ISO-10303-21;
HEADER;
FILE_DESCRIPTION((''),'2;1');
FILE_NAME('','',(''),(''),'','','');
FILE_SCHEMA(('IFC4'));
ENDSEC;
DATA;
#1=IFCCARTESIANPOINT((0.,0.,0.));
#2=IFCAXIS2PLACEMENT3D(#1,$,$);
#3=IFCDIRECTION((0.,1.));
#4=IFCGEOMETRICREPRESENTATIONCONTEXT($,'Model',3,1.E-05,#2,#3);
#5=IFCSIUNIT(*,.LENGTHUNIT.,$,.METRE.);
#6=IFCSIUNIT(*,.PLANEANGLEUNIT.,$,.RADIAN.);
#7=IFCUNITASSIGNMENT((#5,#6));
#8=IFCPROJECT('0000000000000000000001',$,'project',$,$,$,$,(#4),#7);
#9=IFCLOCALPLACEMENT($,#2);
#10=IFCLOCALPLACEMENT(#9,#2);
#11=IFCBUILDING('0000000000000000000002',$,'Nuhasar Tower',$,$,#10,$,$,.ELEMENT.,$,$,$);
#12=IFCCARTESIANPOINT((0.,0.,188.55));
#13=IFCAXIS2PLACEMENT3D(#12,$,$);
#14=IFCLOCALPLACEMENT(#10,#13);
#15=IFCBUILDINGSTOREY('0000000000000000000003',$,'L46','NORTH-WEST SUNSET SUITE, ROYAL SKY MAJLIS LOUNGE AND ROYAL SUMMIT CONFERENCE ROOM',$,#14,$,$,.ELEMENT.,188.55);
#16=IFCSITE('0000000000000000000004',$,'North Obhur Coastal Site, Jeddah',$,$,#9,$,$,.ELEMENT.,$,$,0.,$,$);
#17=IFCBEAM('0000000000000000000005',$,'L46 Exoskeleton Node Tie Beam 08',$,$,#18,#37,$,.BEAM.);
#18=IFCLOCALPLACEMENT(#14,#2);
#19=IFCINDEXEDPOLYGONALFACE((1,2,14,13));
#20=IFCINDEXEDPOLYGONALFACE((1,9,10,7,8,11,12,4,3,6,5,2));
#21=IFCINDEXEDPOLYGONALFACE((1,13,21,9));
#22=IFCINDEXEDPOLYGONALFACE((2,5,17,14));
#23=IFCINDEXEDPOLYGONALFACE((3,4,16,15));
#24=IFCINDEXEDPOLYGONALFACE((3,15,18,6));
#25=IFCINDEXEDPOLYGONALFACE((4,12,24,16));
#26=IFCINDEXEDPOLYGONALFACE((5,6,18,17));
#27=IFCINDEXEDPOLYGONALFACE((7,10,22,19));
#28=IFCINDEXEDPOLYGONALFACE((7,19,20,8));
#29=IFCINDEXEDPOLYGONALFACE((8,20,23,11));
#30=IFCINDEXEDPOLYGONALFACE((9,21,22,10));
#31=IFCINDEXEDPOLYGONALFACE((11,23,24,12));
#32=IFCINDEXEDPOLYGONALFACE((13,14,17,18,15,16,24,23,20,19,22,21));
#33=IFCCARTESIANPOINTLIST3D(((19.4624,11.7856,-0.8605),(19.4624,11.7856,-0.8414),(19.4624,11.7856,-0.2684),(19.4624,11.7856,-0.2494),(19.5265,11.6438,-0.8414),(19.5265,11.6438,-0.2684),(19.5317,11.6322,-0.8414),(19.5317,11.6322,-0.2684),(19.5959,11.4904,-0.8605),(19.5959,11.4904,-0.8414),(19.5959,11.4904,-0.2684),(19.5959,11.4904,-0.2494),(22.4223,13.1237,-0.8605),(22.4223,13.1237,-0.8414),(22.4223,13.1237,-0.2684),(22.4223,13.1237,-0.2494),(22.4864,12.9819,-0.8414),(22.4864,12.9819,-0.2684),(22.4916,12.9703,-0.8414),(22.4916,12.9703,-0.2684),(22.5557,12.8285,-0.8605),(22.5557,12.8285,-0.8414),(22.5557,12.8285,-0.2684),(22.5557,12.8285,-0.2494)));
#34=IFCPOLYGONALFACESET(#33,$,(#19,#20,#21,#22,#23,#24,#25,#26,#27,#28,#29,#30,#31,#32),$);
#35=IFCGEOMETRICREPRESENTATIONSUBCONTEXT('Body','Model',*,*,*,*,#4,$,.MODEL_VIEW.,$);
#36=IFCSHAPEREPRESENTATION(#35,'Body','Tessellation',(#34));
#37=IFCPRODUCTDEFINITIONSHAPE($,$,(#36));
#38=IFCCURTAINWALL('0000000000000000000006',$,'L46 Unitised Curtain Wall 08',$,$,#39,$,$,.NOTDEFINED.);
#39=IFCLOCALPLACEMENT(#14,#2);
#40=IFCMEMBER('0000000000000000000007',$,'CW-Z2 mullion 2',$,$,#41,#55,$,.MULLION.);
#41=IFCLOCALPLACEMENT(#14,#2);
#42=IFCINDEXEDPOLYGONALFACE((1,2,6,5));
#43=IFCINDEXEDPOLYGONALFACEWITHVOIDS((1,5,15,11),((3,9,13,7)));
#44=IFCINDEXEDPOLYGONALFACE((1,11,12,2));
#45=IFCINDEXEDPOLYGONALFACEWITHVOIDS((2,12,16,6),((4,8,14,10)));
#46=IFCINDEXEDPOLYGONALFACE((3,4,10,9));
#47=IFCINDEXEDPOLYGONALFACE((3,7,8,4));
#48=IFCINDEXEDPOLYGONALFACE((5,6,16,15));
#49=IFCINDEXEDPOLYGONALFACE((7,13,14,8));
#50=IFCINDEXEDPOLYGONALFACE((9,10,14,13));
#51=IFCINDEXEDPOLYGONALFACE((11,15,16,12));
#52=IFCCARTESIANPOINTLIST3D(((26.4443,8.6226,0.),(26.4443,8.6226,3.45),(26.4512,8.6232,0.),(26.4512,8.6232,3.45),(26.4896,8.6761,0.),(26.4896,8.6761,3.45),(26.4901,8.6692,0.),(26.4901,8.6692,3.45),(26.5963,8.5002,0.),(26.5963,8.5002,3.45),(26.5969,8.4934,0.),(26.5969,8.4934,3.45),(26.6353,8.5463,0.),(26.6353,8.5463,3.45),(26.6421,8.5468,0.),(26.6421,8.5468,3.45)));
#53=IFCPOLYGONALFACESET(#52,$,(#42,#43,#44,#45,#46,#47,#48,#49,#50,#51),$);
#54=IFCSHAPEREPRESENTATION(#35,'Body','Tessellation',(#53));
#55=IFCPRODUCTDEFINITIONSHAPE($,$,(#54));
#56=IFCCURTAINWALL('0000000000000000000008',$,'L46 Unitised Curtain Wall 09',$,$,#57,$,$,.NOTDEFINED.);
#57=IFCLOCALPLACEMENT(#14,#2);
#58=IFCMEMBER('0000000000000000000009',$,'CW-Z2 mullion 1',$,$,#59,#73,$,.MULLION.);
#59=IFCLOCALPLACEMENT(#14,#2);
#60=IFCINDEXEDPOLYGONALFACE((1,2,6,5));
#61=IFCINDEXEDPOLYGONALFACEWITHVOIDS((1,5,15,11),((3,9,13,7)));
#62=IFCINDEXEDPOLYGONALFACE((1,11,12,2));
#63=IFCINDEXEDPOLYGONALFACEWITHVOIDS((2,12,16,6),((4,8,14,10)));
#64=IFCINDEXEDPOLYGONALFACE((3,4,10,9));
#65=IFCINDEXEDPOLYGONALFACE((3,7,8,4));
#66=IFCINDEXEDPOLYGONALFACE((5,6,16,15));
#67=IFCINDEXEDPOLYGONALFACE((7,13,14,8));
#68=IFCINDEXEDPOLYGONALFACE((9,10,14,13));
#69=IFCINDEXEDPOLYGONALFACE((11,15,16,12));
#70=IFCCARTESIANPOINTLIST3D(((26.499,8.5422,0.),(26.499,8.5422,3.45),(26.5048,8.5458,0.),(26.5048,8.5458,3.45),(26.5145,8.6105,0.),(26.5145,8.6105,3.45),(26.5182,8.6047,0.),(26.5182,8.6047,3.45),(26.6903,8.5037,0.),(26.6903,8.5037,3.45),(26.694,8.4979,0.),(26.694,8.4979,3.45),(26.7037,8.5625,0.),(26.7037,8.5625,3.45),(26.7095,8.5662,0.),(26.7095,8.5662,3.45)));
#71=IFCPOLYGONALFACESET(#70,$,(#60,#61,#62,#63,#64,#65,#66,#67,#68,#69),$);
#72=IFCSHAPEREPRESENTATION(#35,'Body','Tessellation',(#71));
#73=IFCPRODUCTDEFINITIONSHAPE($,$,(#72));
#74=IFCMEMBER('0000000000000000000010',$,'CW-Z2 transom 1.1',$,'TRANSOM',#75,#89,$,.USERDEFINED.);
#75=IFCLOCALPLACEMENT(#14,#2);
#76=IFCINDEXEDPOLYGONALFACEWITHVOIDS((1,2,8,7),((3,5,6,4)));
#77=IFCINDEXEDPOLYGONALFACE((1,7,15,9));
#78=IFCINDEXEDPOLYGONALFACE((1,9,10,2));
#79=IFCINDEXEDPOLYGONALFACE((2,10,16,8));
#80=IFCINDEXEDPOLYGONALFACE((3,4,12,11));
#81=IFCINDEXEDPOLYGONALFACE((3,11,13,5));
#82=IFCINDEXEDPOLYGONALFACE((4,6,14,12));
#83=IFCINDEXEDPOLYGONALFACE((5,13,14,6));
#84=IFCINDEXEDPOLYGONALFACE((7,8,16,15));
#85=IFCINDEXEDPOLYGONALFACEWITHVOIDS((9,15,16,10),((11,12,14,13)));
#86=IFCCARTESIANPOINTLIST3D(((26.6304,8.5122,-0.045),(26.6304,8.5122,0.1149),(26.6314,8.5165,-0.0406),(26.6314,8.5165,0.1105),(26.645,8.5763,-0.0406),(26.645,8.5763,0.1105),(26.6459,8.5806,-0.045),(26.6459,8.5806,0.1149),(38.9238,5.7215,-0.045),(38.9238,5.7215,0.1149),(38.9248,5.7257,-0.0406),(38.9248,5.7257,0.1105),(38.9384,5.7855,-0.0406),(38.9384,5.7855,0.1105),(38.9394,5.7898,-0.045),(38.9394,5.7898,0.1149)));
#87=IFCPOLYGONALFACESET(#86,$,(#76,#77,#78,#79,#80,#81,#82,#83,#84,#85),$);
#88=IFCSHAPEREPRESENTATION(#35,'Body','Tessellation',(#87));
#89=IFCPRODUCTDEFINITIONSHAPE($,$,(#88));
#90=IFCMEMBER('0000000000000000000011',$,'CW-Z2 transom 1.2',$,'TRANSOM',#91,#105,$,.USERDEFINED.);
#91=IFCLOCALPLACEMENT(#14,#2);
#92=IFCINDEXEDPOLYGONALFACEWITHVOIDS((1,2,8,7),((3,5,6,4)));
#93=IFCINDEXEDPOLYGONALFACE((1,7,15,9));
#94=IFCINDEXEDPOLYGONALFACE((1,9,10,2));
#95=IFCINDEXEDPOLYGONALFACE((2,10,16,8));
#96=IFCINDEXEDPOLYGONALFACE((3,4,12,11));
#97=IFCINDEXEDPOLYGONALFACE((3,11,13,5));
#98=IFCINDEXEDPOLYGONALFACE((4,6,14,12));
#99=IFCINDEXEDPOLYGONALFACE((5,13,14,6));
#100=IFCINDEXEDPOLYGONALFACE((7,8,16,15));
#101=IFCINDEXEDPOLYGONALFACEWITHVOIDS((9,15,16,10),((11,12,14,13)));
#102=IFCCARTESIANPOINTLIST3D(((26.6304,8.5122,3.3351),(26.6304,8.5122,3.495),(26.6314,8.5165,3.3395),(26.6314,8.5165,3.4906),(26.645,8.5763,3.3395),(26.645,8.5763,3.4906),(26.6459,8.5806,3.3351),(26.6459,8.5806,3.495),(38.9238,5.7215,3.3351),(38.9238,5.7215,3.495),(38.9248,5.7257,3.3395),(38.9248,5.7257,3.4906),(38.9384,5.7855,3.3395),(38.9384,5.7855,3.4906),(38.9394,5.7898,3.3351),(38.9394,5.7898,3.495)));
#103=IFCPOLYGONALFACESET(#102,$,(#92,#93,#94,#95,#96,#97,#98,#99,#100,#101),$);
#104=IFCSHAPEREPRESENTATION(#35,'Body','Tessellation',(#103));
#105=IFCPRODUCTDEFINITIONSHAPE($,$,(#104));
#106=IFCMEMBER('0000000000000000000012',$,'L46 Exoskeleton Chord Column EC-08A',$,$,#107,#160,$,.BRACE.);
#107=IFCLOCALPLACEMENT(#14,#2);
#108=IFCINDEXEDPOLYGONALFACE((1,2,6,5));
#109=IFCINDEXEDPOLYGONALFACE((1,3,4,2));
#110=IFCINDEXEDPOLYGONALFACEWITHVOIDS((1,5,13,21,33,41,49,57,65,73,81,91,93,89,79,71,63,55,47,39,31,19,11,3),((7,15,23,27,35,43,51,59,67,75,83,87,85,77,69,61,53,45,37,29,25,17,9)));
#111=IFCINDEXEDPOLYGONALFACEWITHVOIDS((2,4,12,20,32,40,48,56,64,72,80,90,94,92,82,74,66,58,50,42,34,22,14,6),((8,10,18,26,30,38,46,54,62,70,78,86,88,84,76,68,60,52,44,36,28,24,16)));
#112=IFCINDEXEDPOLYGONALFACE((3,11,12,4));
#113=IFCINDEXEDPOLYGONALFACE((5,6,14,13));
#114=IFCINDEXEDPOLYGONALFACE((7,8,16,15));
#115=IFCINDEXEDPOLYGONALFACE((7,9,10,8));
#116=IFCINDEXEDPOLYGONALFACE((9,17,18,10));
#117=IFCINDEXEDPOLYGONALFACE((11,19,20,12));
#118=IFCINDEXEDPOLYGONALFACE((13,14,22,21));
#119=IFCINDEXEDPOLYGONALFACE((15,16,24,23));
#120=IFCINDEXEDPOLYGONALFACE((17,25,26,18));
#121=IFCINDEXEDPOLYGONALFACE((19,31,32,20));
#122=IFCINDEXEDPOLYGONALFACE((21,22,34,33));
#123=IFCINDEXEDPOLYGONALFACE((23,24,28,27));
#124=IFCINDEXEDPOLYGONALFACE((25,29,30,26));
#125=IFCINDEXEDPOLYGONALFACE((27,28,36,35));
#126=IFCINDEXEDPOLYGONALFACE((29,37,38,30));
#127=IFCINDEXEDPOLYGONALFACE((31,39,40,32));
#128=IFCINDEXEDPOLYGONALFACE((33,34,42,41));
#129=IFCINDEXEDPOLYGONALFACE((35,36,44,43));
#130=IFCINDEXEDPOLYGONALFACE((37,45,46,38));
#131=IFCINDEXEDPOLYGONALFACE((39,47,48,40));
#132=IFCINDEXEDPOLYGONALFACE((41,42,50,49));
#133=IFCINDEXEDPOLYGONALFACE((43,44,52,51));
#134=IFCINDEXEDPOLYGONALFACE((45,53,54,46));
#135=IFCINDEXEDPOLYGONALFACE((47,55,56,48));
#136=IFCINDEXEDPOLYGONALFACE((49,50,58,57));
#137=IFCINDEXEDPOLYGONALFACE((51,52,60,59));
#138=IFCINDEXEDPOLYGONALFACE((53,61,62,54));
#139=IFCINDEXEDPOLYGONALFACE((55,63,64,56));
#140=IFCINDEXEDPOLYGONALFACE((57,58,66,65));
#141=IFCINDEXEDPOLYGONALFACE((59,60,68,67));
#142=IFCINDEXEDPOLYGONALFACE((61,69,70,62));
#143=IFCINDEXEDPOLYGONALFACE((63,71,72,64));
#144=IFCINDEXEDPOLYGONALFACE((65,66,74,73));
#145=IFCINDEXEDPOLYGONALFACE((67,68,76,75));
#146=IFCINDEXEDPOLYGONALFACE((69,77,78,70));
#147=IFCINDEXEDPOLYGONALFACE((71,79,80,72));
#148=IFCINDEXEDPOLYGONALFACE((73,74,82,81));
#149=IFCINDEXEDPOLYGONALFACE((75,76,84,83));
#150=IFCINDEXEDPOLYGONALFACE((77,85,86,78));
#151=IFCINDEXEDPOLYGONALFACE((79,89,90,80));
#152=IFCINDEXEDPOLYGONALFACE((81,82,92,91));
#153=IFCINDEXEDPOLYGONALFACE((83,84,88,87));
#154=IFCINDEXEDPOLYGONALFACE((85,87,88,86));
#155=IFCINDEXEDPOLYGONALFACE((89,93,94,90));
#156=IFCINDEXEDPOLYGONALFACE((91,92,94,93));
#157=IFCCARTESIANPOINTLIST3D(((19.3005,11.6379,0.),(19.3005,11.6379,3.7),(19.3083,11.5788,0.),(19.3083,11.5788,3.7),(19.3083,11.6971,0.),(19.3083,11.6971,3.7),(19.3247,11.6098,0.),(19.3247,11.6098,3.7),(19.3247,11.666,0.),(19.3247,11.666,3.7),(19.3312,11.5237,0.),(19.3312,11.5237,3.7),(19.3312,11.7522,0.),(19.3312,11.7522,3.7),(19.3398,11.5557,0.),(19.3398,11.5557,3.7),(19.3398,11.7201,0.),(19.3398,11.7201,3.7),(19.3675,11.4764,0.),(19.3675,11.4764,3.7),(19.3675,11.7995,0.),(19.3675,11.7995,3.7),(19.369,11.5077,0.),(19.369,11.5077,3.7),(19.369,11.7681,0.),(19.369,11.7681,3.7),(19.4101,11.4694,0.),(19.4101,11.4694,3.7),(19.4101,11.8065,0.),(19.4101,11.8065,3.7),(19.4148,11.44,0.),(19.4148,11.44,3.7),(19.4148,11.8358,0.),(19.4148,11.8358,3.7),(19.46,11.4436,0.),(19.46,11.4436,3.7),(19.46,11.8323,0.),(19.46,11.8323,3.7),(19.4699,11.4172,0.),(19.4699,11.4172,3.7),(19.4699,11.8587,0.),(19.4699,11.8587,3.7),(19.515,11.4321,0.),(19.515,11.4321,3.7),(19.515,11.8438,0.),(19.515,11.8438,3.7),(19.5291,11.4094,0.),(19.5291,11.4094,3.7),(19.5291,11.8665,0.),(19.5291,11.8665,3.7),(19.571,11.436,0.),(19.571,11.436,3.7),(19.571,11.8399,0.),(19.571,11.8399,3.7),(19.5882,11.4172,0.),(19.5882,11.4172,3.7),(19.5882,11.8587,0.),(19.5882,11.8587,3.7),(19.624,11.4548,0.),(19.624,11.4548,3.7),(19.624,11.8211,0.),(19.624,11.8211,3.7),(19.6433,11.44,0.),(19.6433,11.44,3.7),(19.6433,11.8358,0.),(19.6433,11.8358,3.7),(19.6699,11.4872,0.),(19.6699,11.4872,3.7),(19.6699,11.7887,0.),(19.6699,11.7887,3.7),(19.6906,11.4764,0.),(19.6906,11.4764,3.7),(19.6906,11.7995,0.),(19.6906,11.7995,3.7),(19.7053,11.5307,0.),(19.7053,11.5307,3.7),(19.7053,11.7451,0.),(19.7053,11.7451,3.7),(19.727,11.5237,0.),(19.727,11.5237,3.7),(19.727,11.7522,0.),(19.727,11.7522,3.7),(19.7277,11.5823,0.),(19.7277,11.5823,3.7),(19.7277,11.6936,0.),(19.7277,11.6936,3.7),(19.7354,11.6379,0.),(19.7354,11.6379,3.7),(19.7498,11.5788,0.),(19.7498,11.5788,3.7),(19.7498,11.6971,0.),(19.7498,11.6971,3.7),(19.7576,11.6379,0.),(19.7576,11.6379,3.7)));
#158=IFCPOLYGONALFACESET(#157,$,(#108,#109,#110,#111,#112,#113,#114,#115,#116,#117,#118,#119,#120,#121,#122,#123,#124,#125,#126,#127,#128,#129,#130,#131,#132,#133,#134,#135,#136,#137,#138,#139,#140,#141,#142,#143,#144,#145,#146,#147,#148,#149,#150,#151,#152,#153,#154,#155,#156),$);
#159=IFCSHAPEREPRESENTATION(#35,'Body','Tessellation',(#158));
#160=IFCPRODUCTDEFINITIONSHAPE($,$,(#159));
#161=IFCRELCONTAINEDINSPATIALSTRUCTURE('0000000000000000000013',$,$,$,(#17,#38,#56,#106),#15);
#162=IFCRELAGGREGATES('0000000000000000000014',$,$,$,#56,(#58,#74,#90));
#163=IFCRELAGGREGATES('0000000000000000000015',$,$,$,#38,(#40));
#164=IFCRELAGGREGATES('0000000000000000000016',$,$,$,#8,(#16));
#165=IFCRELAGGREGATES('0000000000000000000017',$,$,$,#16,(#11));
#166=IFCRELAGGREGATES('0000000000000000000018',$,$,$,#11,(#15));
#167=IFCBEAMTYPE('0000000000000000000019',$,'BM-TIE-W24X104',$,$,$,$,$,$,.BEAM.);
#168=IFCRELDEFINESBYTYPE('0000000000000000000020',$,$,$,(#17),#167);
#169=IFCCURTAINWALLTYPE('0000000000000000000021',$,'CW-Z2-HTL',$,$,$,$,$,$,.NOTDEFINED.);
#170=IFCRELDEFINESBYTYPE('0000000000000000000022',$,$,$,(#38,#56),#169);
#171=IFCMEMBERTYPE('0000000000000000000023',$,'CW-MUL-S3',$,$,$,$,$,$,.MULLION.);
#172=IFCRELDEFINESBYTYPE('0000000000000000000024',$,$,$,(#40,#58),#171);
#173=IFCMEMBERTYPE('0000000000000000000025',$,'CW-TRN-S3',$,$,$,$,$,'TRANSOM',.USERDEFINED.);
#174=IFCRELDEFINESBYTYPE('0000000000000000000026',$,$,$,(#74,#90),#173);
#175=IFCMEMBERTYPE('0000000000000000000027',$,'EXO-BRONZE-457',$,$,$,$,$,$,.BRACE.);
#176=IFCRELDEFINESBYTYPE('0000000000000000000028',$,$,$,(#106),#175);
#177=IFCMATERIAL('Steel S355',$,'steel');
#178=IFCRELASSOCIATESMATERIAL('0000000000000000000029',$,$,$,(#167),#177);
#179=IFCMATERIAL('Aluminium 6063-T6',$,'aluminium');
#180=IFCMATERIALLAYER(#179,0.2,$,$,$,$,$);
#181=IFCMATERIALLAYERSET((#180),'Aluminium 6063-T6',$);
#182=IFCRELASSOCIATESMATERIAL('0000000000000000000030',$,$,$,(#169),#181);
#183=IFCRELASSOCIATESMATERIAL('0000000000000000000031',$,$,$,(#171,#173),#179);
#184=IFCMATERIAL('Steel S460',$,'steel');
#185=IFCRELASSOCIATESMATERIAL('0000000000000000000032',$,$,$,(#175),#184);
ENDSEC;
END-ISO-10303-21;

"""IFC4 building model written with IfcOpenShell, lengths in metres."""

from ifc_helpers import new_model, si_unit, direction, frame, origin, origin_2d, place, context, subcontext, project, spatial, hollow_rectangle, hollow_circle, i_section, extrude, material, layer, layer_set, material_profile, profile_set, type_object, element, aggregate, save


model = new_model("IFC4")

# Units and contexts
model_context = context("Model", 3, precision=1e-05, world=origin(), true_north=direction((0.0, 1.0)))
body_context = subcontext(model_context, "Body", "Model", "MODEL_VIEW")
ifc_project = project(units=[si_unit("LENGTHUNIT", "METRE"), si_unit("PLANEANGLEUNIT", "RADIAN")], contexts=[model_context])

# Site, building, storey
site_placement = place(None, origin())
site = spatial("IfcSite", under=ifc_project, at=site_placement, Name="North Obhur Coastal Site, Jeddah", CompositionType="ELEMENT", RefElevation=0.0)
building_placement = place(site_placement, origin())
building = spatial("IfcBuilding", under=site, at=building_placement, Name="Nuhasar Tower", CompositionType="ELEMENT")
storey_placement = place(building_placement, frame((0.0, 0.0, 188.55)))
storey = spatial("IfcBuildingStorey", under=building, at=storey_placement, Name="L46", Description="NORTH-WEST SUNSET SUITE, ROYAL SKY MAJLIS LOUNGE AND ROYAL SUMMIT CONFERENCE ROOM", CompositionType="ELEMENT", Elevation=188.55)

# Beam
ifc_material_1 = material(Name="Steel S355", Category="steel")
ifc_material_profile_1 = material_profile(ifc_material_1, i_section(OverallWidth=0.324, OverallDepth=0.6111, WebThickness=0.0127, FlangeThickness=0.019, at=origin_2d()), Name="W24X104")
ifc_profile_set_1 = profile_set([ifc_material_profile_1], Name="Steel S355")
beam_type_1 = type_object("IfcBeamType", Name="BM-TIE-W24X104", PredefinedType="BEAM", material=ifc_profile_set_1)
beam_1_placement = place(storey_placement, frame((22.489, 12.9761, -0.5549), z_axis=(-0.911211, -0.411939, 0.0), x_axis=(0.411939, -0.911211, 0.0)))
element("IfcBeam", 1, at=beam_1_placement, inside=storey, type_object=beam_type_1, Name="L46 Exoskeleton Node Tie Beam 08", PredefinedType="BEAM", context=body_context, shape_type="SweptSolid", body=[
    extrude(i_section(OverallWidth=0.324, OverallDepth=0.6111, WebThickness=0.0127, FlangeThickness=0.019, at=origin_2d()), origin(), (0.0, 0.0, 1.0), 3.2483),
])

# Curtain wall, member
ifc_material_2 = material(Name="Aluminium 6063-T6", Category="aluminium")
ifc_layer_1 = layer(ifc_material_2, 0.2)
ifc_layer_set_1 = layer_set([ifc_layer_1], Name="Aluminium 6063-T6")
curtain_wall_type = type_object("IfcCurtainWallType", Name="CW-Z2-HTL", PredefinedType="NOTDEFINED", material=ifc_layer_set_1)
curtain_wall_1_placement = place(storey_placement, origin())
curtain_wall_1 = element("IfcCurtainWall", 2, at=curtain_wall_1_placement, inside=storey, type_object=curtain_wall_type, Name="L46 Unitised Curtain Wall 08", PredefinedType="NOTDEFINED")
ifc_material_profile_2 = material_profile(ifc_material_2, hollow_rectangle(XDim=0.0701, YDim=0.2, WallThickness=0.0049, at=origin_2d()), Name="CWM-3")
ifc_profile_set_2 = profile_set([ifc_material_profile_2], Name="Aluminium 6063-T6")
member_type_1 = type_object("IfcMemberType", Name="CW-MUL-S3", PredefinedType="MULLION", material=ifc_profile_set_2)
member_1_placement = place(storey_placement, frame((26.5432, 8.5847, 0.0), z_axis=(0.0, 0.0, 1.0), x_axis=(0.646374, 0.76302, 0.0)))
member_1 = element("IfcMember", 3, at=member_1_placement, type_object=member_type_1, Name="CW-Z2 mullion 2", PredefinedType="MULLION", context=body_context, shape_type="SweptSolid", body=[
    extrude(hollow_rectangle(XDim=0.0701, YDim=0.2, WallThickness=0.0049, at=origin_2d()), origin(), (0.0, 0.0, 1.0), 3.45),
])

# Curtain wall, members
curtain_wall_2_placement = place(storey_placement, origin())
curtain_wall_2 = element("IfcCurtainWall", 4, at=curtain_wall_2_placement, inside=storey, type_object=curtain_wall_type, Name="L46 Unitised Curtain Wall 09", PredefinedType="NOTDEFINED")
member_2_placement = place(storey_placement, frame((26.6042, 8.5542, 0.0), z_axis=(0.0, 0.0, 1.0), x_axis=(0.221397, 0.975184, 0.0)))
member_2 = element("IfcMember", 5, at=member_2_placement, type_object=member_type_1, Name="CW-Z2 mullion 1", PredefinedType="MULLION", context=body_context, shape_type="SweptSolid", body=[
    extrude(hollow_rectangle(XDim=0.0701, YDim=0.2, WallThickness=0.0049, at=origin_2d()), origin(), (0.0, 0.0, 1.0), 3.45),
])
ifc_material_profile_3 = material_profile(ifc_material_2, hollow_rectangle(XDim=0.0701, YDim=0.1599, WallThickness=0.0044, at=origin_2d()), Name="CWT-3")
ifc_profile_set_3 = profile_set([ifc_material_profile_3], Name="Aluminium 6063-T6")
member_type_2 = type_object("IfcMemberType", Name="CW-TRN-S3", ElementType="TRANSOM", PredefinedType="USERDEFINED", material=ifc_profile_set_3)
member_3_placement = place(storey_placement, frame((26.6382, 8.5464, 0.0349), z_axis=(0.975188, -0.22138, 0.0), x_axis=(0.22138, 0.975188, 0.0)))
member_3 = element("IfcMember", 6, at=member_3_placement, type_object=member_type_2, Name="CW-Z2 transom 1.1", ObjectType="TRANSOM", PredefinedType="USERDEFINED", context=body_context, shape_type="SweptSolid", body=[
    extrude(hollow_rectangle(XDim=0.0701, YDim=0.1599, WallThickness=0.0044, at=origin_2d()), origin(), (0.0, 0.0, 1.0), 12.6062),
])
member_4_placement = place(storey_placement, frame((26.6382, 8.5464, 3.415), z_axis=(0.975188, -0.22138, 0.0), x_axis=(0.22138, 0.975188, 0.0)))
member_4 = element("IfcMember", 7, at=member_4_placement, type_object=member_type_2, Name="CW-Z2 transom 1.2", ObjectType="TRANSOM", PredefinedType="USERDEFINED", context=body_context, shape_type="SweptSolid", body=[
    extrude(hollow_rectangle(XDim=0.0701, YDim=0.1599, WallThickness=0.0044, at=origin_2d()), origin(), (0.0, 0.0, 1.0), 12.6062),
])
aggregate(curtain_wall_2, [member_2, member_3, member_4])

# Member
ifc_material_3 = material(Name="Steel S460", Category="steel")
ifc_material_profile_4 = material_profile(ifc_material_3, hollow_circle(Radius=0.2285, WallThickness=0.0222, at=origin_2d()), Name="HSS457X22.2")
ifc_profile_set_4 = profile_set([ifc_material_profile_4], Name="Steel S460")
member_type_3 = type_object("IfcMemberType", Name="EXO-BRONZE-457", PredefinedType="BRACE", material=ifc_profile_set_4)
for number, where, z_axis, x_axis, name in (
    (8, (19.5291, 11.6379, 0.0), (0.0, 0.0, 1.0), (1.0, 0.0, 0.0), "L46 Exoskeleton Chord Column EC-08A"),
):
    element("IfcMember", number, at=place(storey_placement, frame(where, z_axis=z_axis, x_axis=x_axis)), inside=storey, type_object=member_type_3, Name=name, PredefinedType="BRACE", context=body_context, shape_type="SweptSolid", body=[
        extrude(hollow_circle(Radius=0.2285, WallThickness=0.0222, at=origin_2d()), origin(), (0.0, 0.0, 1.0), 3.7),
    ])

aggregate(curtain_wall_1, [member_1])

save(model, "model.ifc")
